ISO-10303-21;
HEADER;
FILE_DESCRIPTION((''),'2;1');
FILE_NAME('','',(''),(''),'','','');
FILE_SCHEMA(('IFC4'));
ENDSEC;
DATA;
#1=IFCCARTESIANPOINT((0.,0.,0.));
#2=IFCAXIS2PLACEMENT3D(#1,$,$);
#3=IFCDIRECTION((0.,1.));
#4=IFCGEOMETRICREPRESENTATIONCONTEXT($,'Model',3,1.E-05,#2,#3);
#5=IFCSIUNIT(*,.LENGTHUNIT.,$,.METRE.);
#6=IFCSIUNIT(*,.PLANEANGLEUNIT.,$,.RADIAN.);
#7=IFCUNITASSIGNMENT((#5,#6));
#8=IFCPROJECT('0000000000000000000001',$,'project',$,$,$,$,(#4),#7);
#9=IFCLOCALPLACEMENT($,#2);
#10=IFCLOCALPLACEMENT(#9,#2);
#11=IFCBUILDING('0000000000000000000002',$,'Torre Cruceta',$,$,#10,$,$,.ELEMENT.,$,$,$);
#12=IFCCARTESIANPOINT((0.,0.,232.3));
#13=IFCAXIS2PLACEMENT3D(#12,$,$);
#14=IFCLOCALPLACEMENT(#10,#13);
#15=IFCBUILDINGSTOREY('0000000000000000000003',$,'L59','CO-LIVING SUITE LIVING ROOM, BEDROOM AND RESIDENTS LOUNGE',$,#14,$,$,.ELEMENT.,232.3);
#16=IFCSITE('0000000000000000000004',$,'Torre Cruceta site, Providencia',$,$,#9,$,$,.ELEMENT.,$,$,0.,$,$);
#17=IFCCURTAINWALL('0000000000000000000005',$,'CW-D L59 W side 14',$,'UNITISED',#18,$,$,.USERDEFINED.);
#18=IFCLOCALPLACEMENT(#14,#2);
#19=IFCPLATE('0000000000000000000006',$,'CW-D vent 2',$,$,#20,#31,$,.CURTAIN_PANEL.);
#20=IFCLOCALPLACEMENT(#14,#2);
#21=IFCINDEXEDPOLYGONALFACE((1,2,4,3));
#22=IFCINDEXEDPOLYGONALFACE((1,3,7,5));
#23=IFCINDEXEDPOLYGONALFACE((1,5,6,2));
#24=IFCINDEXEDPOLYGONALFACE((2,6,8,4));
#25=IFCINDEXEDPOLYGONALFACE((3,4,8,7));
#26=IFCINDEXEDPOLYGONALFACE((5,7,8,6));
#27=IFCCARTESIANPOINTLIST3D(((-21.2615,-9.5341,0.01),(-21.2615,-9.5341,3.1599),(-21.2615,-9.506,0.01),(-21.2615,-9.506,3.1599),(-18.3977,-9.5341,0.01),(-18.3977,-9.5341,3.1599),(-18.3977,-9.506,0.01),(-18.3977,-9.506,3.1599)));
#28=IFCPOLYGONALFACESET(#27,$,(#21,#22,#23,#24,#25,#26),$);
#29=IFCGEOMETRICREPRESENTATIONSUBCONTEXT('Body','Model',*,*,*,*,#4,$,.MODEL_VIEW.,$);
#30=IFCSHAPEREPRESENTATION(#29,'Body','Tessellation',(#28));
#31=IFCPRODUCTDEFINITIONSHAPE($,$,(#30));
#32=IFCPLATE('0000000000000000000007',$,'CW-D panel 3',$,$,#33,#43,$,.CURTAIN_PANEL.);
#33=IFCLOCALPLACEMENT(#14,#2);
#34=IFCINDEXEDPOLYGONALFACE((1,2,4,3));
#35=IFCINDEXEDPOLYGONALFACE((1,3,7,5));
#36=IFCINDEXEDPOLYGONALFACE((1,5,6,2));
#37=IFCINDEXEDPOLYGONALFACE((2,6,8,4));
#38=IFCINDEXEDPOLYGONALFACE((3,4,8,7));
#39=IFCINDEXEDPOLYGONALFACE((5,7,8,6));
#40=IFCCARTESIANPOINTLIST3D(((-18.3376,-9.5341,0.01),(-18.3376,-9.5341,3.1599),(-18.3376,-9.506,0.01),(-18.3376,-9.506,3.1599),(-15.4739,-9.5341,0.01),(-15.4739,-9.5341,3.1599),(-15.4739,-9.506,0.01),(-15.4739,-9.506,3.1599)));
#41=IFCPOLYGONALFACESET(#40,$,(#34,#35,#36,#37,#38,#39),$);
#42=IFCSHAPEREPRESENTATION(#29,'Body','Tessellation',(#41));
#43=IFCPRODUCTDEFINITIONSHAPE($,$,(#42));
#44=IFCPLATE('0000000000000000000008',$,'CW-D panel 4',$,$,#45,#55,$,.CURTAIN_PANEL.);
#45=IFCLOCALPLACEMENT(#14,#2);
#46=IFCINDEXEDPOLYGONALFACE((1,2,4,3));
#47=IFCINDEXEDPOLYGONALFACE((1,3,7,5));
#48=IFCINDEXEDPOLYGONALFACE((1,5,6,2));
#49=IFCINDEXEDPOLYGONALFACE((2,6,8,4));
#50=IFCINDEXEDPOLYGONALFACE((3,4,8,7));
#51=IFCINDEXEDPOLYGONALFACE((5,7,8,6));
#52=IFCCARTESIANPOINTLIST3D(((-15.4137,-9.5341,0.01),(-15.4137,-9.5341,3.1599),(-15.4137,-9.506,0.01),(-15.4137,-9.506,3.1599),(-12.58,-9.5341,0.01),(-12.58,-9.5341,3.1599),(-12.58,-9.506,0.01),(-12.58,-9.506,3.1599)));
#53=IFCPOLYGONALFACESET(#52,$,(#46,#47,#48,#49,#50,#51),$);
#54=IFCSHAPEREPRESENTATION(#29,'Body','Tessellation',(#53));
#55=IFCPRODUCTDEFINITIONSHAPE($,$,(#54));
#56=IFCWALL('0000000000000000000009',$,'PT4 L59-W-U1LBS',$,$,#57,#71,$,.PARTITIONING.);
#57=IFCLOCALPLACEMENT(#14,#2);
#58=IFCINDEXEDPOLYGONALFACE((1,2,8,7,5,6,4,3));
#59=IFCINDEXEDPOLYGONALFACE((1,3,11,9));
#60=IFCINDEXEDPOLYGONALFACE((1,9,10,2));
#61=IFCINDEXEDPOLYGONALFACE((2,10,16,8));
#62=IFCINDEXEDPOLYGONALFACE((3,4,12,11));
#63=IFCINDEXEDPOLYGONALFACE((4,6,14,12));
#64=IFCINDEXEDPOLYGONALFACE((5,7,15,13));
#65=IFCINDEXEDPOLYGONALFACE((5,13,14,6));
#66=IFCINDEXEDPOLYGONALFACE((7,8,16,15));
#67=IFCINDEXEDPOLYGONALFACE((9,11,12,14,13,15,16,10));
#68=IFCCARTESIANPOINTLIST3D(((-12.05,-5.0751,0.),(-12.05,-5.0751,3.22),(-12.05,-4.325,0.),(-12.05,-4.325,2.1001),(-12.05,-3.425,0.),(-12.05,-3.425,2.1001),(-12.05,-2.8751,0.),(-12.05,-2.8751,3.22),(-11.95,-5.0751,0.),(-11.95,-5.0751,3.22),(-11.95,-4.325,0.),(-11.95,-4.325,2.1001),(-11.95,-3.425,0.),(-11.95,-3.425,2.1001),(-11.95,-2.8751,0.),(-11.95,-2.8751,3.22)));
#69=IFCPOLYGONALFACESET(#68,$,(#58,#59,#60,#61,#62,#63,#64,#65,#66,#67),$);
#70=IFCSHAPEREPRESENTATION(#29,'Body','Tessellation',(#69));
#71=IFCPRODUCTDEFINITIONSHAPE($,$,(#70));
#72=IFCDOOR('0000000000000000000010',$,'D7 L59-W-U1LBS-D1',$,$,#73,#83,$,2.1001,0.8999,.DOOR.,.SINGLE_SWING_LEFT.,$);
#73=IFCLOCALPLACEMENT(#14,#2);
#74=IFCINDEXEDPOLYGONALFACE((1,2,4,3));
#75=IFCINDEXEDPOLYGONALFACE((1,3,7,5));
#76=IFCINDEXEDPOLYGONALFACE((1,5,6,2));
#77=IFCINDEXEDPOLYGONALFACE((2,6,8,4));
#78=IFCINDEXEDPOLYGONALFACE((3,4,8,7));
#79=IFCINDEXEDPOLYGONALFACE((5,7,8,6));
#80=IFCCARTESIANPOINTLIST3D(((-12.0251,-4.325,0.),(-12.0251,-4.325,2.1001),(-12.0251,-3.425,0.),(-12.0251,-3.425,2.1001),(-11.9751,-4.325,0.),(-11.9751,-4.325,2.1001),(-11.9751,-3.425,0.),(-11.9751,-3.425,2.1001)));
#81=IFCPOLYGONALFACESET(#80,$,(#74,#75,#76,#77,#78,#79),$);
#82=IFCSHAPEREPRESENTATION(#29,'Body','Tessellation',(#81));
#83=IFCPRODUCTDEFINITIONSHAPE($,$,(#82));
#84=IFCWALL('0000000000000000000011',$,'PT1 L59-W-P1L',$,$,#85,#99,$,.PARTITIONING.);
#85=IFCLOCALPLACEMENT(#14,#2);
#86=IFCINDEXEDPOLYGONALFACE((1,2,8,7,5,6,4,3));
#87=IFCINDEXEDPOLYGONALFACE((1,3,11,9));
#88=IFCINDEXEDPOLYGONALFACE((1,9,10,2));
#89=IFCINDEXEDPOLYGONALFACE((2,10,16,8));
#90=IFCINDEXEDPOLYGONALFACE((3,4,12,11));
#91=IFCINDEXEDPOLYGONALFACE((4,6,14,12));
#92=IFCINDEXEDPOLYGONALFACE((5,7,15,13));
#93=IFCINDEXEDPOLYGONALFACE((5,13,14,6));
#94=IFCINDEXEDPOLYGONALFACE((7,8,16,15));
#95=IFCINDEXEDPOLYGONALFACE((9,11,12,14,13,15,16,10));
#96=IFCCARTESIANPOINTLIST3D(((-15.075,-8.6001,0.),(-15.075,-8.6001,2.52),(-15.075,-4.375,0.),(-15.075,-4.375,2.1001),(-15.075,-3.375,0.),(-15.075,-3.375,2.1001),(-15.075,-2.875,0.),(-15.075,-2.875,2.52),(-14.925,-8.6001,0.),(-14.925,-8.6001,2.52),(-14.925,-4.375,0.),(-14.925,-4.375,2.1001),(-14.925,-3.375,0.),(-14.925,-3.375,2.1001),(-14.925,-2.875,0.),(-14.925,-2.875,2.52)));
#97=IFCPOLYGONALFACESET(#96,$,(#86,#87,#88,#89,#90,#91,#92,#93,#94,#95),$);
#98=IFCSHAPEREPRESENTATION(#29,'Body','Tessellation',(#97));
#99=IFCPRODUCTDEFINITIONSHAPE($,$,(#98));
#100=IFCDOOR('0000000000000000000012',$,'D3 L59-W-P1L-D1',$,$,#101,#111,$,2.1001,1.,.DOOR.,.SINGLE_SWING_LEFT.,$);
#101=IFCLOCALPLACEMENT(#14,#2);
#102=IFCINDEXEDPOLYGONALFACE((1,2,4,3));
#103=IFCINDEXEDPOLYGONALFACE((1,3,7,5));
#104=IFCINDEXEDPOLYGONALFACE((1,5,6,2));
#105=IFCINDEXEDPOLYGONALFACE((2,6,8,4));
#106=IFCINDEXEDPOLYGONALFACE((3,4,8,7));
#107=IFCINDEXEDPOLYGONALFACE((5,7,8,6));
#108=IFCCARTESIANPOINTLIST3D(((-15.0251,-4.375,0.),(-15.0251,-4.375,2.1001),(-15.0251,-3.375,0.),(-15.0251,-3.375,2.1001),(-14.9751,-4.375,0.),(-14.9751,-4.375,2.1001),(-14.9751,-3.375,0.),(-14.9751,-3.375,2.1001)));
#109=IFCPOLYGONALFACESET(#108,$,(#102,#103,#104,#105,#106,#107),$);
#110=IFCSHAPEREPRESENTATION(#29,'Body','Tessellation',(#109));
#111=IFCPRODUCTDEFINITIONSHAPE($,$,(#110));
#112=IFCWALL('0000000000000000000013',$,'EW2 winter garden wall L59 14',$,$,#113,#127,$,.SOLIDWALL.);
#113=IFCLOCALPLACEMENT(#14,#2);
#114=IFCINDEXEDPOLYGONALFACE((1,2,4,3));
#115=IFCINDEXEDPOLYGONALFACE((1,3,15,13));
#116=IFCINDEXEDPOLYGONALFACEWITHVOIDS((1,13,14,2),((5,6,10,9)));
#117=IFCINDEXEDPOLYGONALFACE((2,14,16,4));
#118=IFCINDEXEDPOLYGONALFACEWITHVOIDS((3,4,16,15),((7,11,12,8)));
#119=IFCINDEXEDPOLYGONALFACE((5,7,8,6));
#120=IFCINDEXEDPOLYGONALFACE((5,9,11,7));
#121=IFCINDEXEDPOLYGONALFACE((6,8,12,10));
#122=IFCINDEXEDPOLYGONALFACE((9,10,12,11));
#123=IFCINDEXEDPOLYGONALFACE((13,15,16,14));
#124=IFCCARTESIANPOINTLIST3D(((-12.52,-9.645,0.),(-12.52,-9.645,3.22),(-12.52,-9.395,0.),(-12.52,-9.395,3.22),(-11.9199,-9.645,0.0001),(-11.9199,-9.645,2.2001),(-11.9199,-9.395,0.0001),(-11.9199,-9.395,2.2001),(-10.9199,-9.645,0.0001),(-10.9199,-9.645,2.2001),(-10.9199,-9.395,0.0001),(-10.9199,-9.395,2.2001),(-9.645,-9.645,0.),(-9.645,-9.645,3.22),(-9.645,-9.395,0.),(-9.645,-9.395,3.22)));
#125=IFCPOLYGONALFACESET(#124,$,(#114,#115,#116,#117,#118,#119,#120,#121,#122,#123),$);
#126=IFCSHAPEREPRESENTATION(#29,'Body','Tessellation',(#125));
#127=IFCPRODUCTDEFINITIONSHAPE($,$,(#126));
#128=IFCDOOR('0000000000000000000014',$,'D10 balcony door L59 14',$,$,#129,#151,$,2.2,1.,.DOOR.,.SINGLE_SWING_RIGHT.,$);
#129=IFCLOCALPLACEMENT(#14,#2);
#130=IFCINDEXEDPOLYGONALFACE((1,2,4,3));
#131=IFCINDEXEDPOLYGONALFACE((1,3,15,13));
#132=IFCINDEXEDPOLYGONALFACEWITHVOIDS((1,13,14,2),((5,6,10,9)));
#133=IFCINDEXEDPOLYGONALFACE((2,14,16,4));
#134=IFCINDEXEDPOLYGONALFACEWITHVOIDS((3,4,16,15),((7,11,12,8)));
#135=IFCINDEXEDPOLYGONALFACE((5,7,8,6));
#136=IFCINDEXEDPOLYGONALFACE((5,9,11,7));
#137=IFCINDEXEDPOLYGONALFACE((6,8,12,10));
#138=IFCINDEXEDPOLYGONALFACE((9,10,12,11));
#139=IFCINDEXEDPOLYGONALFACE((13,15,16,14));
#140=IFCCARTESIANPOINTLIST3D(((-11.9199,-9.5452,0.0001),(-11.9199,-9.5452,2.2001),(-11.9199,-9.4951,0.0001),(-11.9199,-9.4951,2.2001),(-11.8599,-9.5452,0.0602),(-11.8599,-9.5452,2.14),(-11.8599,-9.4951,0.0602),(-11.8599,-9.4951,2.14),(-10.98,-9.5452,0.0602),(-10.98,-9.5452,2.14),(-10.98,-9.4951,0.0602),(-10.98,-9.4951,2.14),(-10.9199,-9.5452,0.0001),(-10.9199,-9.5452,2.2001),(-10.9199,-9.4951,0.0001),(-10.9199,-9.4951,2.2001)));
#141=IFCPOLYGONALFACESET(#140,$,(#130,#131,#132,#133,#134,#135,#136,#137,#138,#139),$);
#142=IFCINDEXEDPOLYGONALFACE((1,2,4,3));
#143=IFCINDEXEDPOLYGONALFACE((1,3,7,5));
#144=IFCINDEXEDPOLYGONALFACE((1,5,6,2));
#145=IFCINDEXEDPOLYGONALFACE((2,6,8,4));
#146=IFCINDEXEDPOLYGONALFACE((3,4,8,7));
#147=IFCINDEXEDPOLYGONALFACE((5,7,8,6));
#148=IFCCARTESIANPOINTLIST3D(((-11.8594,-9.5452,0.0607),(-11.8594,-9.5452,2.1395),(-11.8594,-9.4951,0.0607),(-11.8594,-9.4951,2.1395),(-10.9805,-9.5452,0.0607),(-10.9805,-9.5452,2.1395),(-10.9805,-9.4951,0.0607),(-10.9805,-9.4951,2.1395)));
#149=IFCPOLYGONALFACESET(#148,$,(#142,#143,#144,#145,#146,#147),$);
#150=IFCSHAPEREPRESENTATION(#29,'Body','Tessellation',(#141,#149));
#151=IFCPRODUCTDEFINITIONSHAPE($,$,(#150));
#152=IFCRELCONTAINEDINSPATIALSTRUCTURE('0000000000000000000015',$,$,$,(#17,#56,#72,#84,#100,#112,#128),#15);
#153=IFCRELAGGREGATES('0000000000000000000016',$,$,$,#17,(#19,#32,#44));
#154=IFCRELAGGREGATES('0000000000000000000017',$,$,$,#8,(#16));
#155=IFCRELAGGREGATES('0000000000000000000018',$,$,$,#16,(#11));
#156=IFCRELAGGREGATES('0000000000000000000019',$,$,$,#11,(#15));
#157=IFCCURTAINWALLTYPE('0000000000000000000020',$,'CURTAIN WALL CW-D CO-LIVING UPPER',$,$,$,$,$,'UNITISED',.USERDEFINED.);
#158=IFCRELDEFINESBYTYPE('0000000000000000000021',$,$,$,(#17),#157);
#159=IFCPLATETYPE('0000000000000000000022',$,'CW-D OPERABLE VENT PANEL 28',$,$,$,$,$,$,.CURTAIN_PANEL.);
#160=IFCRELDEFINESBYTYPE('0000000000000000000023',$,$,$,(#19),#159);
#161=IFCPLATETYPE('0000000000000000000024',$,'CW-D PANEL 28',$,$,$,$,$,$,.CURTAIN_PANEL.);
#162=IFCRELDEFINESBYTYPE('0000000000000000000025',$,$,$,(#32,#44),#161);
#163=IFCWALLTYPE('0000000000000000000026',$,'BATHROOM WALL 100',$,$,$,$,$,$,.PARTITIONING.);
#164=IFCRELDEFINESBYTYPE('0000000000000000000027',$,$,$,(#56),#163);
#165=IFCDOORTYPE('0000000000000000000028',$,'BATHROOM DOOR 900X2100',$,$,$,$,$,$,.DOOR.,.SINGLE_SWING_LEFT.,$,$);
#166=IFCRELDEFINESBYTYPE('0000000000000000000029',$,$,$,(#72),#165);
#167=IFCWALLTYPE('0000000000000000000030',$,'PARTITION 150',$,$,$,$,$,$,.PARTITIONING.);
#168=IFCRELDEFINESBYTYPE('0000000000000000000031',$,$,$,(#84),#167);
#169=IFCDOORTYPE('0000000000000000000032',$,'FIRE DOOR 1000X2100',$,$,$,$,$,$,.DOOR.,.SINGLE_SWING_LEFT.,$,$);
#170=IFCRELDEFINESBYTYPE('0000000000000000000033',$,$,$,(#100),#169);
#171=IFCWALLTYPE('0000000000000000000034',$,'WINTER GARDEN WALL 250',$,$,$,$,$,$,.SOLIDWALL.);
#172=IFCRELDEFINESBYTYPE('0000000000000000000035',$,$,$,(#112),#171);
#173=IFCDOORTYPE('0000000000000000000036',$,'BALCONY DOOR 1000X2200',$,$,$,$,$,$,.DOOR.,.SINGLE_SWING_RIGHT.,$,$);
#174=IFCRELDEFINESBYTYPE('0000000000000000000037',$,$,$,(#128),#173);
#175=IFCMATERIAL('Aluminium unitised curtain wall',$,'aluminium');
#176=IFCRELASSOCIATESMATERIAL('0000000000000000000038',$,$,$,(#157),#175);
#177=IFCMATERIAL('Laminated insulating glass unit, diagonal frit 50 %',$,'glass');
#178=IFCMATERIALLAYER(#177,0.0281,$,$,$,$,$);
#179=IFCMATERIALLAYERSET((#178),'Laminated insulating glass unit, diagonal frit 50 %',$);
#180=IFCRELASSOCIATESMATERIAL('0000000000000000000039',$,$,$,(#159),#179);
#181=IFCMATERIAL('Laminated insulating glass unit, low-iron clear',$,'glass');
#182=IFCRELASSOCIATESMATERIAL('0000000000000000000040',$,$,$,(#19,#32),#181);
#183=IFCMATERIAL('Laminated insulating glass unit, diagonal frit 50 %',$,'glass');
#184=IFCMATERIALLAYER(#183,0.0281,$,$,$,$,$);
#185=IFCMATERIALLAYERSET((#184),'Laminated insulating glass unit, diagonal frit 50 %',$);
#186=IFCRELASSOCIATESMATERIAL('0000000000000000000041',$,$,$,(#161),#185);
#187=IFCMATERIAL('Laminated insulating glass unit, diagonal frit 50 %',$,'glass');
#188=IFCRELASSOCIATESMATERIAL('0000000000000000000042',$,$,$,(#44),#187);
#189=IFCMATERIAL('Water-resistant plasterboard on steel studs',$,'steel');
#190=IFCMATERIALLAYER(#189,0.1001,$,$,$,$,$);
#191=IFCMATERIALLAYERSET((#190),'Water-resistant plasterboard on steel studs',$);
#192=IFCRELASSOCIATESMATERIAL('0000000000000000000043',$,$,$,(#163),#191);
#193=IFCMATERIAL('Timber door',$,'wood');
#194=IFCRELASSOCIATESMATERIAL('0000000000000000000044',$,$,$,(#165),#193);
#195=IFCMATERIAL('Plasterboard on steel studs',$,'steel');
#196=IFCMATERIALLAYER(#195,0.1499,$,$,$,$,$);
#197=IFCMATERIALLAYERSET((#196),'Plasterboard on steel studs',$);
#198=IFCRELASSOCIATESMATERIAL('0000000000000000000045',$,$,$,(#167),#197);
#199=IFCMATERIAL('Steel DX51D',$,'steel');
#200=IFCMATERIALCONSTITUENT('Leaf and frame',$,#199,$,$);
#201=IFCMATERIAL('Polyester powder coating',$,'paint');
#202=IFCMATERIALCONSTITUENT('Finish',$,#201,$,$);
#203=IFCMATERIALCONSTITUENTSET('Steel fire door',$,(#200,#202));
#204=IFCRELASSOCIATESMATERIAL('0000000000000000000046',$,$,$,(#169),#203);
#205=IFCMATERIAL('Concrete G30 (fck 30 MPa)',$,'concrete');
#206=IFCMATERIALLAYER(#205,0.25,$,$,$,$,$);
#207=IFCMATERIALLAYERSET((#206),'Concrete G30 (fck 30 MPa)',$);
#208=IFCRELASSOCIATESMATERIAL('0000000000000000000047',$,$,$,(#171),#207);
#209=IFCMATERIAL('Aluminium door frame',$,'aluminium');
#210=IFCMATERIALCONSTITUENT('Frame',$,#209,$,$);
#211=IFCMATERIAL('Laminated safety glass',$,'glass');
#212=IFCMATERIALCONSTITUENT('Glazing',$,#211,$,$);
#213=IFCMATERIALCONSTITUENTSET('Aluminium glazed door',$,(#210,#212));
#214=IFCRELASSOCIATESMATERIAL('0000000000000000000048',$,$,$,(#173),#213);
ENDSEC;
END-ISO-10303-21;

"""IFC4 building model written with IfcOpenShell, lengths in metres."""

from ifc_helpers import new_model, si_unit, direction, frame, frame_2d, origin, origin_2d, place, context, subcontext, project, spatial, rectangle, hollow_rectangle, extrude, material, layer, layer_set, constituent, constituent_set, type_object, element, fill, aggregate, save


model = new_model("IFC4")

# Units and contexts
model_context = context("Model", 3, precision=1e-05, world=origin(), true_north=direction((0.0, 1.0)))
body_context = subcontext(model_context, "Body", "Model", "MODEL_VIEW")
ifc_project = project(units=[si_unit("LENGTHUNIT", "METRE"), si_unit("PLANEANGLEUNIT", "RADIAN")], contexts=[model_context])

# Site, building, storey
site_placement = place(None, origin())
site = spatial("IfcSite", under=ifc_project, at=site_placement, Name="Torre Cruceta site, Providencia", CompositionType="ELEMENT", RefElevation=0.0)
building_placement = place(site_placement, origin())
building = spatial("IfcBuilding", under=site, at=building_placement, Name="Torre Cruceta", CompositionType="ELEMENT")
storey_placement = place(building_placement, frame((0.0, 0.0, 232.3)))
storey = spatial("IfcBuildingStorey", under=building, at=storey_placement, Name="L59", Description="CO-LIVING SUITE LIVING ROOM, BEDROOM AND RESIDENTS LOUNGE", CompositionType="ELEMENT", Elevation=232.3)

# Curtain wall
ifc_material_1 = material(Name="Aluminium unitised curtain wall", Category="aluminium")
curtain_wall_type = type_object("IfcCurtainWallType", Name="CURTAIN WALL CW-D CO-LIVING UPPER", ElementType="UNITISED", PredefinedType="USERDEFINED", material=ifc_material_1)
curtain_wall_placement = place(storey_placement, origin())
curtain_wall = element("IfcCurtainWall", 1, at=curtain_wall_placement, inside=storey, type_object=curtain_wall_type, Name="CW-D L59 W side 14", ObjectType="UNITISED", PredefinedType="USERDEFINED")

# Plates
ifc_material_2 = material(Name="Laminated insulating glass unit, low-iron clear", Category="glass")
ifc_material_3 = material(Name="Laminated insulating glass unit, diagonal frit 50 %", Category="glass")
ifc_layer_1 = layer(ifc_material_3, 0.0281)
ifc_layer_set_1 = layer_set([ifc_layer_1], Name="Laminated insulating glass unit, diagonal frit 50 %")
plate_type_1 = type_object("IfcPlateType", Name="CW-D OPERABLE VENT PANEL 28", PredefinedType="CURTAIN_PANEL", material=ifc_layer_set_1)
plate_1_placement = place(storey_placement, frame((-19.8296, -9.52, 0.01), z_axis=(0.0, 0.0, 1.0), x_axis=(1.0, 0.0, 0.0)))
plate_1 = element("IfcPlate", 2, at=plate_1_placement, type_object=plate_type_1, material=ifc_material_2, Name="CW-D vent 2", PredefinedType="CURTAIN_PANEL", context=body_context, shape_type="SweptSolid", body=[
    extrude(rectangle(XDim=2.8638, YDim=0.0281, at=origin_2d()), origin(), (0.0, 0.0, 1.0), 3.1499),
])
ifc_material_4 = material(Name="Laminated insulating glass unit, diagonal frit 50 %", Category="glass")
ifc_layer_2 = layer(ifc_material_4, 0.0281)
ifc_layer_set_2 = layer_set([ifc_layer_2], Name="Laminated insulating glass unit, diagonal frit 50 %")
plate_type_2 = type_object("IfcPlateType", Name="CW-D PANEL 28", PredefinedType="CURTAIN_PANEL", material=ifc_layer_set_2)
plate_2_placement = place(storey_placement, frame((-16.9058, -9.52, 0.01), z_axis=(0.0, 0.0, 1.0), x_axis=(1.0, 0.0, 0.0)))
plate_2 = element("IfcPlate", 3, at=plate_2_placement, type_object=plate_type_2, material=ifc_material_2, Name="CW-D panel 3", PredefinedType="CURTAIN_PANEL", context=body_context, shape_type="SweptSolid", body=[
    extrude(rectangle(XDim=2.8638, YDim=0.0281, at=origin_2d()), origin(), (0.0, 0.0, 1.0), 3.1499),
])
ifc_material_5 = material(Name="Laminated insulating glass unit, diagonal frit 50 %", Category="glass")
plate_3_placement = place(storey_placement, frame((-13.9968, -9.52, 0.01), z_axis=(0.0, 0.0, 1.0), x_axis=(1.0, 0.0, 0.0)))
plate_3 = element("IfcPlate", 4, at=plate_3_placement, type_object=plate_type_2, material=ifc_material_5, Name="CW-D panel 4", PredefinedType="CURTAIN_PANEL", context=body_context, shape_type="SweptSolid", body=[
    extrude(rectangle(XDim=2.8337, YDim=0.0281, at=origin_2d()), origin(), (0.0, 0.0, 1.0), 3.1499),
])
aggregate(curtain_wall, [plate_1, plate_2, plate_3])

# Walls, openings, doors
ifc_material_6 = material(Name="Water-resistant plasterboard on steel studs", Category="steel")
ifc_layer_3 = layer(ifc_material_6, 0.1001)
ifc_layer_set_3 = layer_set([ifc_layer_3], Name="Water-resistant plasterboard on steel studs")
wall_type_1 = type_object("IfcWallType", Name="BATHROOM WALL 100", PredefinedType="PARTITIONING", material=ifc_layer_set_3)
wall_1_placement = place(storey_placement, frame((-12.0, -2.875, 0.0), z_axis=(0.0, 0.0, 1.0), x_axis=(0.0, -1.0, 0.0)))
wall_1 = element("IfcWall", 5, at=wall_1_placement, inside=storey, type_object=wall_type_1, Name="PT4 L59-W-U1LBS", PredefinedType="PARTITIONING", context=body_context, shape_type="SweptSolid", body=[
    extrude(rectangle(XDim=2.2, YDim=0.1001, at=frame_2d((1.1001, 0.0))), origin(), (0.0, 0.0, 1.0), 3.22),
])
opening_1_placement = place(wall_1_placement, frame((0.55, 0.0, 0.0)))
opening_1 = element("IfcOpeningElement", 6, at=opening_1_placement, cuts=wall_1, PredefinedType="OPENING", context=body_context, shape_type="SweptSolid", body=[
    extrude(rectangle(XDim=0.8999, YDim=2.1001, at=frame_2d((0.45, 1.05))), frame((0.0, 0.0601, 0.0), z_axis=(0.0, -1.0, 0.0), x_axis=(1.0, 0.0, 0.0)), (0.0, 0.0, 1.0), 0.1201),
])
ifc_material_7 = material(Name="Timber door", Category="wood")
door_type_1 = type_object("IfcDoorType", Name="BATHROOM DOOR 900X2100", OperationType="SINGLE_SWING_LEFT", PredefinedType="DOOR", material=ifc_material_7)
door_1_placement = place(opening_1_placement, origin())
door_1 = element("IfcDoor", 7, at=door_1_placement, inside=storey, type_object=door_type_1, Name="D7 L59-W-U1LBS-D1", OperationType="SINGLE_SWING_LEFT", OverallHeight=2.1001, OverallWidth=0.8999, PredefinedType="DOOR", context=body_context, shape_type="SweptSolid", body=[
    extrude(rectangle(XDim=0.8999, YDim=2.1001, at=frame_2d((0.45, 1.05))), frame((0.0, 0.0249, 0.0), z_axis=(0.0, -1.0, 0.0), x_axis=(1.0, 0.0, 0.0)), (0.0, 0.0, 1.0), 0.05),
])
fill(opening_1, door_1)
ifc_material_8 = material(Name="Plasterboard on steel studs", Category="steel")
ifc_layer_4 = layer(ifc_material_8, 0.1499)
ifc_layer_set_4 = layer_set([ifc_layer_4], Name="Plasterboard on steel studs")
wall_type_2 = type_object("IfcWallType", Name="PARTITION 150", PredefinedType="PARTITIONING", material=ifc_layer_set_4)
wall_2_placement = place(storey_placement, frame((-15.0, -2.875, 0.0), z_axis=(0.0, 0.0, 1.0), x_axis=(0.0, -1.0, 0.0)))
wall_2 = element("IfcWall", 8, at=wall_2_placement, inside=storey, type_object=wall_type_2, Name="PT1 L59-W-P1L", PredefinedType="PARTITIONING", context=body_context, shape_type="SweptSolid", body=[
    extrude(rectangle(XDim=5.7251, YDim=0.1499, at=frame_2d((2.8625, 0.0))), origin(), (0.0, 0.0, 1.0), 2.52),
])
opening_2_placement = place(wall_2_placement, frame((0.5, 0.0, 0.0)))
opening_2 = element("IfcOpeningElement", 9, at=opening_2_placement, cuts=wall_2, PredefinedType="OPENING", context=body_context, shape_type="SweptSolid", body=[
    extrude(rectangle(XDim=1.0, YDim=2.1001, at=frame_2d((0.5, 1.05))), frame((0.0, 0.085, 0.0), z_axis=(0.0, -1.0, 0.0), x_axis=(1.0, 0.0, 0.0)), (0.0, 0.0, 1.0), 0.1699),
])
ifc_material_9 = material(Name="Steel DX51D", Category="steel")
ifc_constituent_1 = constituent(ifc_material_9, Name="Leaf and frame")
ifc_material_10 = material(Name="Polyester powder coating", Category="paint")
ifc_constituent_2 = constituent(ifc_material_10, Name="Finish")
ifc_constituent_set_1 = constituent_set(constituents=[ifc_constituent_1, ifc_constituent_2], Name="Steel fire door")
door_type_2 = type_object("IfcDoorType", Name="FIRE DOOR 1000X2100", OperationType="SINGLE_SWING_LEFT", PredefinedType="DOOR", material=ifc_constituent_set_1)
door_2_placement = place(opening_2_placement, origin())
door_2 = element("IfcDoor", 10, at=door_2_placement, inside=storey, type_object=door_type_2, Name="D3 L59-W-P1L-D1", OperationType="SINGLE_SWING_LEFT", OverallHeight=2.1001, OverallWidth=1.0, PredefinedType="DOOR", context=body_context, shape_type="SweptSolid", body=[
    extrude(rectangle(XDim=1.0, YDim=2.1001, at=frame_2d((0.5, 1.05))), frame((0.0, 0.0249, 0.0), z_axis=(0.0, -1.0, 0.0), x_axis=(1.0, 0.0, 0.0)), (0.0, 0.0, 1.0), 0.05),
])
fill(opening_2, door_2)
ifc_material_11 = material(Name="Concrete G30 (fck 30 MPa)", Category="concrete")
ifc_layer_5 = layer(ifc_material_11, 0.25)
ifc_layer_set_5 = layer_set([ifc_layer_5], Name="Concrete G30 (fck 30 MPa)")
wall_type_3 = type_object("IfcWallType", Name="WINTER GARDEN WALL 250", PredefinedType="SOLIDWALL", material=ifc_layer_set_5)
wall_3_placement = place(storey_placement, frame((-12.52, -9.52, 0.0), z_axis=(0.0, 0.0, 1.0), x_axis=(1.0, 0.0, 0.0)))
wall_3 = element("IfcWall", 11, at=wall_3_placement, inside=storey, type_object=wall_type_3, Name="EW2 winter garden wall L59 14", PredefinedType="SOLIDWALL", context=body_context, shape_type="SweptSolid", body=[
    extrude(rectangle(XDim=2.875, YDim=0.25, at=frame_2d((1.4375, 0.0))), origin(), (0.0, 0.0, 1.0), 3.22),
])
opening_3_placement = place(wall_3_placement, frame((0.6001, 0.0, 0.0)))
opening_3 = element("IfcOpeningElement", 12, at=opening_3_placement, cuts=wall_3, PredefinedType="OPENING", context=body_context, shape_type="SweptSolid", body=[
    extrude(rectangle(XDim=1.0, YDim=2.2, at=frame_2d((0.5, 1.1001))), frame((0.0, 0.135, 0.0), z_axis=(0.0, -1.0, 0.0), x_axis=(1.0, 0.0, 0.0)), (0.0, 0.0, 1.0), 0.27),
])
ifc_material_12 = material(Name="Aluminium door frame", Category="aluminium")
ifc_constituent_3 = constituent(ifc_material_12, Name="Frame")
ifc_material_13 = material(Name="Laminated safety glass", Category="glass")
ifc_constituent_4 = constituent(ifc_material_13, Name="Glazing")
ifc_constituent_set_2 = constituent_set(constituents=[ifc_constituent_3, ifc_constituent_4], Name="Aluminium glazed door")
door_type_3 = type_object("IfcDoorType", Name="BALCONY DOOR 1000X2200", OperationType="SINGLE_SWING_RIGHT", PredefinedType="DOOR", material=ifc_constituent_set_2)
door_3_placement = place(opening_3_placement, origin())
door_3 = element("IfcDoor", 13, at=door_3_placement, inside=storey, type_object=door_type_3, Name="D10 balcony door L59 14", OperationType="SINGLE_SWING_RIGHT", OverallHeight=2.2, OverallWidth=1.0, PredefinedType="DOOR", context=body_context, shape_type="SweptSolid", body=[
    extrude(hollow_rectangle(XDim=1.0, YDim=2.2, WallThickness=0.0601, at=frame_2d((0.5, 1.1001))), frame((0.0, 0.0249, 0.0), z_axis=(0.0, -1.0, 0.0), x_axis=(1.0, 0.0, 0.0)), (0.0, 0.0, 1.0), 0.05),
    extrude(rectangle(XDim=0.8789, YDim=2.0789, at=frame_2d((0.5, 1.1001))), frame((0.0, 0.0249, 0.0), z_axis=(0.0, -1.0, 0.0), x_axis=(1.0, 0.0, 0.0)), (0.0, 0.0, 1.0), 0.05),
])
fill(opening_3, door_3)

save(model, "model.ifc")
